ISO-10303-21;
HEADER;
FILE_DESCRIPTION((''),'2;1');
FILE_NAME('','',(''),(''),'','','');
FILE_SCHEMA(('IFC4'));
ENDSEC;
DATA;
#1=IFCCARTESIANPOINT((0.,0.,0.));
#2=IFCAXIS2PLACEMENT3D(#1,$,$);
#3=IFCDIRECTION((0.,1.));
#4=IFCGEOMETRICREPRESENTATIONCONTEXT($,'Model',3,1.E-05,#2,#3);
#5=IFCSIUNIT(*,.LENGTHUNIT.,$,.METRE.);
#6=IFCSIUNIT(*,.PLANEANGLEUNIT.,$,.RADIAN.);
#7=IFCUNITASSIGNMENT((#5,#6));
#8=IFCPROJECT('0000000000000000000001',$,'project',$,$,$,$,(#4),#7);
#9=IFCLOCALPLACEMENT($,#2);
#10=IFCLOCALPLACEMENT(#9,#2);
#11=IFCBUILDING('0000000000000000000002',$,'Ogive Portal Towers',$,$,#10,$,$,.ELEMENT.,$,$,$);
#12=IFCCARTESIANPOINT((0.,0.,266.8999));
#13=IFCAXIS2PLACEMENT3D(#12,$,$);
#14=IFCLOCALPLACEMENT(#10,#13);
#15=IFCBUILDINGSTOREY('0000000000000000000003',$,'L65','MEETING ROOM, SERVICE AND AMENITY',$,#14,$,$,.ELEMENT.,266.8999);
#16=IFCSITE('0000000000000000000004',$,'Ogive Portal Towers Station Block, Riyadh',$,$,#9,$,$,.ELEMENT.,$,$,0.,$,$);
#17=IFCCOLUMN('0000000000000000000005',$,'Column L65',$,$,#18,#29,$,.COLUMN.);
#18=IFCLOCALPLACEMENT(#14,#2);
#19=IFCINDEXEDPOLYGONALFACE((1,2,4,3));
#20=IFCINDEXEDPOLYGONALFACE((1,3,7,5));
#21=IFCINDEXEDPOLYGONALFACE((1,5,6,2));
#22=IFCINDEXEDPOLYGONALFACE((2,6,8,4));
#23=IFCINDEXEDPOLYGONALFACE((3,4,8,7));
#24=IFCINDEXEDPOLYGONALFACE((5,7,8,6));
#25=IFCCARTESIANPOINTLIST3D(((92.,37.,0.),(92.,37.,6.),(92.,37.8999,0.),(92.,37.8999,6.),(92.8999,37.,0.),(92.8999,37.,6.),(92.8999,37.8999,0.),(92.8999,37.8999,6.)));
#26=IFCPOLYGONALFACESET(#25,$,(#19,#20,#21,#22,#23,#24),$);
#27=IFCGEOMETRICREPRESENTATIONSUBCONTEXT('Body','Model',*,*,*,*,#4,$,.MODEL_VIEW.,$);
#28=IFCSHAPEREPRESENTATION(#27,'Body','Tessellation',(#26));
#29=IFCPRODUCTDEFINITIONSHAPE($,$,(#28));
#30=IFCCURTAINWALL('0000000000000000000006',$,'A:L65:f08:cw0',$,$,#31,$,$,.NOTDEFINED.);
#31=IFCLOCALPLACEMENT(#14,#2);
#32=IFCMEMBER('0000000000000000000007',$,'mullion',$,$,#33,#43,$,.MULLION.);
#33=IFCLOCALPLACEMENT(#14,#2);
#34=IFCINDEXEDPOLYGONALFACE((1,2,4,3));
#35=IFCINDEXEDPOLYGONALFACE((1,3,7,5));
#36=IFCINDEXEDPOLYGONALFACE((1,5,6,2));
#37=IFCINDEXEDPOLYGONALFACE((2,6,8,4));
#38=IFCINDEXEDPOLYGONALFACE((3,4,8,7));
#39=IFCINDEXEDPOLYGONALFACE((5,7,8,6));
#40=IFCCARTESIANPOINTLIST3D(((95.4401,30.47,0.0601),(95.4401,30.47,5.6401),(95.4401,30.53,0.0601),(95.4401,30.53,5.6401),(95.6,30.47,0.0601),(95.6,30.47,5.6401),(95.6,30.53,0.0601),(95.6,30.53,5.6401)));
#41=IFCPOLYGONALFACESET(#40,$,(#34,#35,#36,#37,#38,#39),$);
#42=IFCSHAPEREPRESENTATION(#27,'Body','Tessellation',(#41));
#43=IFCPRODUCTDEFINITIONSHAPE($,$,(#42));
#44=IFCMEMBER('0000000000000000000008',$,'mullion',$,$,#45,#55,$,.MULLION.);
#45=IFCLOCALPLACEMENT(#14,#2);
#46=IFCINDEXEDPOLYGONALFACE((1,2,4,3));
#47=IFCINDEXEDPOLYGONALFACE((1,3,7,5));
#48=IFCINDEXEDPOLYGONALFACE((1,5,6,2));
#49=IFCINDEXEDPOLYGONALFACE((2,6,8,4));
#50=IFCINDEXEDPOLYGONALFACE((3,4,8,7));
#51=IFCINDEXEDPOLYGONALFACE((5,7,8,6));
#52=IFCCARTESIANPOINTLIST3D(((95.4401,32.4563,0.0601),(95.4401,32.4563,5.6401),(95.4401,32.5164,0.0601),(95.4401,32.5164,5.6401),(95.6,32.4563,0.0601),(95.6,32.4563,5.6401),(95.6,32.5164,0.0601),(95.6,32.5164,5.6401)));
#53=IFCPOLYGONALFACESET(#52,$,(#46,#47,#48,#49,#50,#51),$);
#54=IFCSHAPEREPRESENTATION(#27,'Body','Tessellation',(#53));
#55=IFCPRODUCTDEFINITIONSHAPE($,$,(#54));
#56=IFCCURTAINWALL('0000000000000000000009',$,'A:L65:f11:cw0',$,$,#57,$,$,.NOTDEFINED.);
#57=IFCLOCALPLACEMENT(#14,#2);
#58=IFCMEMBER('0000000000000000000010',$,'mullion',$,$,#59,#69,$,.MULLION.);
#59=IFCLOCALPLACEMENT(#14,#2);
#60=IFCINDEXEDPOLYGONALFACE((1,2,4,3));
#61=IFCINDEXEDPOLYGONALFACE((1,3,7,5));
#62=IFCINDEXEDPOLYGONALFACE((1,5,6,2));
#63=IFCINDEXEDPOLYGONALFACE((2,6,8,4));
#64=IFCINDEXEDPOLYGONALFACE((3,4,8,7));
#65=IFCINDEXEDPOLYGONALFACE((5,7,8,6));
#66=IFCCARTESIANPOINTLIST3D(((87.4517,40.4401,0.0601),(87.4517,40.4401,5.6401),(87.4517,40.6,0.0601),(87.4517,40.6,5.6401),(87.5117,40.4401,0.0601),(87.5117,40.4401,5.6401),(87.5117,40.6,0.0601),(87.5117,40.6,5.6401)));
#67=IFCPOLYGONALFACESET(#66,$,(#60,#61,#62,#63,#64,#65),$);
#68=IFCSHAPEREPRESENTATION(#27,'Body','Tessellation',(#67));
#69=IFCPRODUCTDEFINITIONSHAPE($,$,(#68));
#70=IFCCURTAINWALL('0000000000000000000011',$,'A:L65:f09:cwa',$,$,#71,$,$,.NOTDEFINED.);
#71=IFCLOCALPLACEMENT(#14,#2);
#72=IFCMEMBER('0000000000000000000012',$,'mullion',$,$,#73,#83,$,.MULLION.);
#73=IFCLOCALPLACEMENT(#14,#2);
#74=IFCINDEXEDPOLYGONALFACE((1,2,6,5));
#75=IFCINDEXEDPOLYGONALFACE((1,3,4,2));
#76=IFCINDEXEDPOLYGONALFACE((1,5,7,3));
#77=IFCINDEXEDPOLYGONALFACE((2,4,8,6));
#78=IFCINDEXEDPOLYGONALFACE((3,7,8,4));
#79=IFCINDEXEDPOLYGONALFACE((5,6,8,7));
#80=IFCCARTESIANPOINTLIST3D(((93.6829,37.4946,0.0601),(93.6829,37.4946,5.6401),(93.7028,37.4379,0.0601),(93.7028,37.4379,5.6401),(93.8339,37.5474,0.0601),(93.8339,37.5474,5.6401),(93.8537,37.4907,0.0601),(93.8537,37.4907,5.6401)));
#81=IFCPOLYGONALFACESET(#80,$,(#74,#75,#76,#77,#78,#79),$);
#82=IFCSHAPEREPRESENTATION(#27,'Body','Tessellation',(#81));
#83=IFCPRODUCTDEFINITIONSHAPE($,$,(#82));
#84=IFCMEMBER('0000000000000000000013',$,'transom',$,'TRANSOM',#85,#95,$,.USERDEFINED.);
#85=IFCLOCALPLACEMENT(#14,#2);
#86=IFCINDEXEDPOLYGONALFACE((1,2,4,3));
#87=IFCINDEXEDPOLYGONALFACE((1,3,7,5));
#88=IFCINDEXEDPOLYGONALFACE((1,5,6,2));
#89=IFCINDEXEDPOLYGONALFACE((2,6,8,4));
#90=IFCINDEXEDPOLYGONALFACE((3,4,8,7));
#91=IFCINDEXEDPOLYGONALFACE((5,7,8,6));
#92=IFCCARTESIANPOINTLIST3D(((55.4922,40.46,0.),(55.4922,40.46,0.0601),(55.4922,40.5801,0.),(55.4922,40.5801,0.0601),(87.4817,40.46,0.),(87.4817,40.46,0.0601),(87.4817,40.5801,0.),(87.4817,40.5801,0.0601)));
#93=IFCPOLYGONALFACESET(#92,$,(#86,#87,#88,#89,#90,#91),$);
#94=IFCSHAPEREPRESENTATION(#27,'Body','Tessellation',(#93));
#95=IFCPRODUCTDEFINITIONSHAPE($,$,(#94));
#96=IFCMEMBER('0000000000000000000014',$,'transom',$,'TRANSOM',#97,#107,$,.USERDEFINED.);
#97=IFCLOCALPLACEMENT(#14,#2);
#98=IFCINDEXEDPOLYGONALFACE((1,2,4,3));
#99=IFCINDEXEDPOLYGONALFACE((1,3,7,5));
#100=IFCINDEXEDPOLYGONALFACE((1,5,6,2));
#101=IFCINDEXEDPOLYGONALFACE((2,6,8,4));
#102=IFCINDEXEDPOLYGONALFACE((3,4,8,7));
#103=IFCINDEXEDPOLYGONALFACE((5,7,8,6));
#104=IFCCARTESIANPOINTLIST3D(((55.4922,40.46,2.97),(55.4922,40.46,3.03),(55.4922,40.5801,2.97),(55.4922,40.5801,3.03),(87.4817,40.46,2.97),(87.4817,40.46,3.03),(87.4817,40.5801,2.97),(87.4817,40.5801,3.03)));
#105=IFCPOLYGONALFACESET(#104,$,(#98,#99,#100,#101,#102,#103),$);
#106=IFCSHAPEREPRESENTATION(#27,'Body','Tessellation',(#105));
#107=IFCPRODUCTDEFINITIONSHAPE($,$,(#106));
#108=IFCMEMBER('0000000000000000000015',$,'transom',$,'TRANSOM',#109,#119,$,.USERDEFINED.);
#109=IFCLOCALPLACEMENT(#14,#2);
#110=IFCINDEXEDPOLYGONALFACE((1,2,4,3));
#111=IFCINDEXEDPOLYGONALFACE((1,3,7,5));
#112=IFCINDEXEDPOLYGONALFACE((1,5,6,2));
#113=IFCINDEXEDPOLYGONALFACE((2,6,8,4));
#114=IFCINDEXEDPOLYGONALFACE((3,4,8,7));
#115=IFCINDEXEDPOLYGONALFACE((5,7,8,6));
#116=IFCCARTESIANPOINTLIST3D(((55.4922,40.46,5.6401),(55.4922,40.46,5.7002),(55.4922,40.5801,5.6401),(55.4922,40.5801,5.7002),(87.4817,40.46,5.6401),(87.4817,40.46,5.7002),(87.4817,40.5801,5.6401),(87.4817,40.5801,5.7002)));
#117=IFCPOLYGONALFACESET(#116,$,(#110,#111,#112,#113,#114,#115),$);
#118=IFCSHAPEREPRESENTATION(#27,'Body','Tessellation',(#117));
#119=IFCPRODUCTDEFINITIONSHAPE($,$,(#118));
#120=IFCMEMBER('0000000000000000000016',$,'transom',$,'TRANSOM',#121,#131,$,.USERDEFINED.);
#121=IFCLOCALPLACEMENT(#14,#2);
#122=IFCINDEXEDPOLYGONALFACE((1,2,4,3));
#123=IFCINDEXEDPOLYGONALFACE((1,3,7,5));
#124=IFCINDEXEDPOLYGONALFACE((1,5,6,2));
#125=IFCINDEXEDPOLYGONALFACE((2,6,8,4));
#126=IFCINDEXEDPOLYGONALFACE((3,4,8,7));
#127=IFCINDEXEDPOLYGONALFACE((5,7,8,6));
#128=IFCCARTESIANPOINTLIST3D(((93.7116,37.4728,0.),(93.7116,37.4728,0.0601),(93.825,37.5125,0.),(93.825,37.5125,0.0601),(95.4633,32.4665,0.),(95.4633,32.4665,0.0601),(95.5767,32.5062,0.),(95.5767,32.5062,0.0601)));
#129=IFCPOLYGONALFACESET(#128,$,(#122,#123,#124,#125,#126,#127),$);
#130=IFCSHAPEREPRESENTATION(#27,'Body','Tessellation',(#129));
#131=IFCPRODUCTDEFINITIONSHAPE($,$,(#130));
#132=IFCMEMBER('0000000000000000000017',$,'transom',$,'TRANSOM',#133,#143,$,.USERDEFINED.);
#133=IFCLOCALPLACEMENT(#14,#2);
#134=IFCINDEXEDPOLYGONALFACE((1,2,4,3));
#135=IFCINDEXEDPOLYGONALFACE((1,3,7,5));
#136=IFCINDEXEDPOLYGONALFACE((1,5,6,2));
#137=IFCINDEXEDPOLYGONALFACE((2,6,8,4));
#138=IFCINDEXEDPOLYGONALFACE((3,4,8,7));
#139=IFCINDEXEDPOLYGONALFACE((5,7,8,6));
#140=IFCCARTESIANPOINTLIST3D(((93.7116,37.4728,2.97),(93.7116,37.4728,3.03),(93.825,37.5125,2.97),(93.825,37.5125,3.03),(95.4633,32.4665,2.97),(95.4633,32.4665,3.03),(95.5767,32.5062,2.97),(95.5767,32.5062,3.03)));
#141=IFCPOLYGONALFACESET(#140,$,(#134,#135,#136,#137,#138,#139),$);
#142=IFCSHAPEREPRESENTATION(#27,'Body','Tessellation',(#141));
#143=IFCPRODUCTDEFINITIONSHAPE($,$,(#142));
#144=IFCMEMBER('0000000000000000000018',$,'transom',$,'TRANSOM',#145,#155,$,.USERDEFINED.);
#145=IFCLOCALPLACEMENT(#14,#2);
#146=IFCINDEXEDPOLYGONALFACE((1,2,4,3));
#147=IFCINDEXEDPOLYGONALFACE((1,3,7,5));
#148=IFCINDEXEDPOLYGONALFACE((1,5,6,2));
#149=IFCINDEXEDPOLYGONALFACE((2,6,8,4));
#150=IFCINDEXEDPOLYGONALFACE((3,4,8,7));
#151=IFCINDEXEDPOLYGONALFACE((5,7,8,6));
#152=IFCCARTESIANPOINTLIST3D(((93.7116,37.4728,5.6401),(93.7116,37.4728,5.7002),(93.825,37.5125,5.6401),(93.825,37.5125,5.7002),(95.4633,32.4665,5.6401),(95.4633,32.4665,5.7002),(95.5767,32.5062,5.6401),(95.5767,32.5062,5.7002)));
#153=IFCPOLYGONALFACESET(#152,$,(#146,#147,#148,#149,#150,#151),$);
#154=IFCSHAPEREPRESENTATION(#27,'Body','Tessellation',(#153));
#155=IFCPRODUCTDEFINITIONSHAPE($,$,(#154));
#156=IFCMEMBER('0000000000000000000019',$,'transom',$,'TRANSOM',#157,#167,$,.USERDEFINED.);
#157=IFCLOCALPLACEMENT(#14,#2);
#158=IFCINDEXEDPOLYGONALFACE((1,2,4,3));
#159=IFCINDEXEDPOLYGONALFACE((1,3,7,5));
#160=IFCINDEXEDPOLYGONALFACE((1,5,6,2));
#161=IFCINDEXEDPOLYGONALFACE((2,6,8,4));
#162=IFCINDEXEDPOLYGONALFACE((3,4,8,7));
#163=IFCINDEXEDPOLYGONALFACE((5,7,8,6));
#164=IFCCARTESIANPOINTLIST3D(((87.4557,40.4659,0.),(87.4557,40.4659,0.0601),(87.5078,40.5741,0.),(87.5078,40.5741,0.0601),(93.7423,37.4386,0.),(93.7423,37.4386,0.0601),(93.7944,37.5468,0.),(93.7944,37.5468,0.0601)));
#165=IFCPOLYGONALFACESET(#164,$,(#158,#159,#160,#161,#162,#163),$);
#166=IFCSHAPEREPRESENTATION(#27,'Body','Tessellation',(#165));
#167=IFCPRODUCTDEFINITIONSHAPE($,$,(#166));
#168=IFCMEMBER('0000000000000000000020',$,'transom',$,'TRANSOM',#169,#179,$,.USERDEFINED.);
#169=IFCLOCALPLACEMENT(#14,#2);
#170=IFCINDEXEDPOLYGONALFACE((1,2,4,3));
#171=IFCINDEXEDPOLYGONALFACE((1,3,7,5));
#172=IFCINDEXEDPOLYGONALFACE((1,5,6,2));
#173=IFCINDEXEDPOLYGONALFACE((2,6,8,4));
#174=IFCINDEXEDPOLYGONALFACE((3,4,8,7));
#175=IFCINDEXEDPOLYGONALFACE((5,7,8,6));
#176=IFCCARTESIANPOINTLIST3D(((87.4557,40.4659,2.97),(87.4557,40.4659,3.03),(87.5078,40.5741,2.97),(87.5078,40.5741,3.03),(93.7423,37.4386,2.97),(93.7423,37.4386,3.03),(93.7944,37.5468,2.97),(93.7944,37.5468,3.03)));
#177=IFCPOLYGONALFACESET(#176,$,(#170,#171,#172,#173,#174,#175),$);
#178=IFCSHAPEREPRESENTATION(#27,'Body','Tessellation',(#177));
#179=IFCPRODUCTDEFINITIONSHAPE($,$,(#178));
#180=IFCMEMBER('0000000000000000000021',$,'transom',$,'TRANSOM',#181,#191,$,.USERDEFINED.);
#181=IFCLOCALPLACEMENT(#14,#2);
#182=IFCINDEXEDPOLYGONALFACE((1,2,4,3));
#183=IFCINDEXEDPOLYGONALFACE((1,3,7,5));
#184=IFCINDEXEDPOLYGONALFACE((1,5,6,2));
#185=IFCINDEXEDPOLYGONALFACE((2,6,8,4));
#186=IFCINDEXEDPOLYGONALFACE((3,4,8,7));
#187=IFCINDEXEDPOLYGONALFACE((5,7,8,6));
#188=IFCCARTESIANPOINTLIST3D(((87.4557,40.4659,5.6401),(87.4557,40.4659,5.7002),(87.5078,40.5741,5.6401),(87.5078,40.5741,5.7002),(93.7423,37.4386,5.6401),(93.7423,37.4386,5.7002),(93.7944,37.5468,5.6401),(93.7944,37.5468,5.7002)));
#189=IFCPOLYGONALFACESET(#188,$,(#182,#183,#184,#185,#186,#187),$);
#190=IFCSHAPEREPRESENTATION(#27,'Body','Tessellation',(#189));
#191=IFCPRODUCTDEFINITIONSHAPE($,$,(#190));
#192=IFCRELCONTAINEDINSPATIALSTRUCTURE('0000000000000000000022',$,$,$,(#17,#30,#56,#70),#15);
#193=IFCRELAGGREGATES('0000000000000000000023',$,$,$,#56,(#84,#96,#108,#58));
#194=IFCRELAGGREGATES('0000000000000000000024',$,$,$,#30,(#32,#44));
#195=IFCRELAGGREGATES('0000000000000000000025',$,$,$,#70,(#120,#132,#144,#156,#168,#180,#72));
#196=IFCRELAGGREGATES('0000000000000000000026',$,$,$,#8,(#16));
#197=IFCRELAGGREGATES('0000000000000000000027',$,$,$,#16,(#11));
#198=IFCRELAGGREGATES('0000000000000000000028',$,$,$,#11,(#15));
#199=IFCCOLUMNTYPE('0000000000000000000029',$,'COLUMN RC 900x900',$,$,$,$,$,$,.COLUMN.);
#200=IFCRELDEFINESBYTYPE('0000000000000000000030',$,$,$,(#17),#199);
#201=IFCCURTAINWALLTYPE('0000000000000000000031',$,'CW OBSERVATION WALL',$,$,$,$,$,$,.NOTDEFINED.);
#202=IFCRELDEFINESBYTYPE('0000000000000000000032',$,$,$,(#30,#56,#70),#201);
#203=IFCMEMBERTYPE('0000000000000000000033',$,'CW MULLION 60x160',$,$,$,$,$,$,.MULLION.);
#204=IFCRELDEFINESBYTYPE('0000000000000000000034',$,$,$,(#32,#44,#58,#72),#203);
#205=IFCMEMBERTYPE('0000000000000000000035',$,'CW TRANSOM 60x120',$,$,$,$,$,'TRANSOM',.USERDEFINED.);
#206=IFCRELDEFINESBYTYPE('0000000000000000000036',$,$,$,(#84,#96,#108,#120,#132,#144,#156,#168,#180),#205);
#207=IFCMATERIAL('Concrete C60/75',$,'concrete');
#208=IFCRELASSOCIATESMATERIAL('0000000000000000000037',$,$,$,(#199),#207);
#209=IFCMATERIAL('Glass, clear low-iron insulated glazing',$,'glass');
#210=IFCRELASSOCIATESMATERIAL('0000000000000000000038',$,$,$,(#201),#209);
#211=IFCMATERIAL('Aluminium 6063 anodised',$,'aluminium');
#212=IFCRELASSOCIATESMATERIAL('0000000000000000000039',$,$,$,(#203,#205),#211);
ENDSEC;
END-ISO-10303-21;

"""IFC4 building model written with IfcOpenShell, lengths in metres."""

from ifc_helpers import new_model, si_unit, direction, frame, origin, origin_2d, place, context, subcontext, project, spatial, rectangle, extrude, material, material_profile, profile_set, type_object, element, aggregate, save


model = new_model("IFC4")

# Units and contexts
model_context = context("Model", 3, precision=1e-05, world=origin(), true_north=direction((0.0, 1.0)))
body_context = subcontext(model_context, "Body", "Model", "MODEL_VIEW")
ifc_project = project(units=[si_unit("LENGTHUNIT", "METRE"), si_unit("PLANEANGLEUNIT", "RADIAN")], contexts=[model_context])

# Site, building, storey
site_placement = place(None, origin())
site = spatial("IfcSite", under=ifc_project, at=site_placement, Name="Ogive Portal Towers Station Block, Riyadh", CompositionType="ELEMENT", RefElevation=0.0)
building_placement = place(site_placement, origin())
building = spatial("IfcBuilding", under=site, at=building_placement, Name="Ogive Portal Towers", CompositionType="ELEMENT")
storey_placement = place(building_placement, frame((0.0, 0.0, 266.8999)))
storey = spatial("IfcBuildingStorey", under=building, at=storey_placement, Name="L65", Description="MEETING ROOM, SERVICE AND AMENITY", CompositionType="ELEMENT", Elevation=266.8999)

# Column
ifc_material_1 = material(Name="Concrete C60/75", Category="concrete")
ifc_material_profile_1 = material_profile(ifc_material_1, rectangle(XDim=0.8999, YDim=0.8999, at=origin_2d()), Name="RC 900x900")
ifc_profile_set_1 = profile_set([ifc_material_profile_1], Name="Concrete C60/75")
column_type = type_object("IfcColumnType", Name="COLUMN RC 900x900", PredefinedType="COLUMN", material=ifc_profile_set_1)
column_placement = place(storey_placement, frame((92.45, 37.45, 0.0), z_axis=(0.0, 0.0, 1.0), x_axis=(1.0, 0.0, 0.0)))
element("IfcColumn", 1, at=column_placement, inside=storey, type_object=column_type, Name="Column L65", PredefinedType="COLUMN", context=body_context, shape_type="SweptSolid", body=[
    extrude(rectangle(XDim=0.8999, YDim=0.8999, at=origin_2d()), origin(), (0.0, 0.0, 1.0), 6.0),
])

# Curtain wall, members
ifc_material_2 = material(Name="Glass, clear low-iron insulated glazing", Category="glass")
curtain_wall_type = type_object("IfcCurtainWallType", Name="CW OBSERVATION WALL", PredefinedType="NOTDEFINED", material=ifc_material_2)
curtain_wall_1_placement = place(storey_placement, origin())
curtain_wall_1 = element("IfcCurtainWall", 2, at=curtain_wall_1_placement, inside=storey, type_object=curtain_wall_type, Name="A:L65:f08:cw0", PredefinedType="NOTDEFINED")
ifc_material_3 = material(Name="Aluminium 6063 anodised", Category="aluminium")
ifc_material_profile_2 = material_profile(ifc_material_3, rectangle(XDim=0.1599, YDim=0.0601, at=origin_2d()), Name="AL 60x160")
ifc_profile_set_2 = profile_set([ifc_material_profile_2], Name="Aluminium 6063 anodised")
member_type_1 = type_object("IfcMemberType", Name="CW MULLION 60x160", PredefinedType="MULLION", material=ifc_profile_set_2)
member_1_placement = place(storey_placement, frame((95.52, 30.5, 0.0601), z_axis=(0.0, 0.0, 1.0), x_axis=(-1.0, 0.0, 0.0)))
member_1 = element("IfcMember", 3, at=member_1_placement, type_object=member_type_1, Name="mullion", PredefinedType="MULLION", context=body_context, shape_type="SweptSolid", body=[
    extrude(rectangle(XDim=0.1599, YDim=0.0601, at=origin_2d()), origin(), (0.0, 0.0, 1.0), 5.5801),
])
member_2_placement = place(storey_placement, frame((95.52, 32.4863, 0.0601), z_axis=(0.0, 0.0, 1.0), x_axis=(-1.0, 0.0, 0.0)))
member_2 = element("IfcMember", 4, at=member_2_placement, type_object=member_type_1, Name="mullion", PredefinedType="MULLION", context=body_context, shape_type="SweptSolid", body=[
    extrude(rectangle(XDim=0.1599, YDim=0.0601, at=origin_2d()), origin(), (0.0, 0.0, 1.0), 5.5801),
])

# Curtain walls, members
curtain_wall_2_placement = place(storey_placement, origin())
curtain_wall_2 = element("IfcCurtainWall", 5, at=curtain_wall_2_placement, inside=storey, type_object=curtain_wall_type, Name="A:L65:f11:cw0", PredefinedType="NOTDEFINED")
member_3_placement = place(storey_placement, frame((87.4817, 40.52, 0.0601), z_axis=(0.0, 0.0, 1.0), x_axis=(0.0, -1.0, 0.0)))
member_3 = element("IfcMember", 6, at=member_3_placement, type_object=member_type_1, Name="mullion", PredefinedType="MULLION", context=body_context, shape_type="SweptSolid", body=[
    extrude(rectangle(XDim=0.1599, YDim=0.0601, at=origin_2d()), origin(), (0.0, 0.0, 1.0), 5.5801),
])
curtain_wall_3_placement = place(storey_placement, origin())
curtain_wall_3 = element("IfcCurtainWall", 7, at=curtain_wall_3_placement, inside=storey, type_object=curtain_wall_type, Name="A:L65:f09:cwa", PredefinedType="NOTDEFINED")
member_4_placement = place(storey_placement, frame((93.7683, 37.4927, 0.0601), z_axis=(0.0, 0.0, 1.0), x_axis=(-0.943883, -0.330279, 0.0)))
member_4 = element("IfcMember", 8, at=member_4_placement, type_object=member_type_1, Name="mullion", PredefinedType="MULLION", context=body_context, shape_type="SweptSolid", body=[
    extrude(rectangle(XDim=0.1599, YDim=0.0601, at=origin_2d()), origin(), (0.0, 0.0, 1.0), 5.5801),
])

# Members
ifc_material_profile_3 = material_profile(ifc_material_3, rectangle(XDim=0.1201, YDim=0.0601, at=origin_2d()), Name="AL 120x60")
ifc_profile_set_3 = profile_set([ifc_material_profile_3], Name="Aluminium 6063 anodised")
member_type_2 = type_object("IfcMemberType", Name="CW TRANSOM 60x120", ElementType="TRANSOM", PredefinedType="USERDEFINED", material=ifc_profile_set_3)
member_5_placement = place(storey_placement, frame((87.4817, 40.52, 0.03), z_axis=(-1.0, 0.0, 0.0), x_axis=(0.0, -1.0, 0.0)))
member_5 = element("IfcMember", 9, at=member_5_placement, type_object=member_type_2, Name="transom", ObjectType="TRANSOM", PredefinedType="USERDEFINED", context=body_context, shape_type="SweptSolid", body=[
    extrude(rectangle(XDim=0.1201, YDim=0.0601, at=origin_2d()), origin(), (0.0, 0.0, 1.0), 31.9895),
])
member_6_placement = place(storey_placement, frame((87.4817, 40.52, 3.0), z_axis=(-1.0, 0.0, 0.0), x_axis=(0.0, -1.0, 0.0)))
member_6 = element("IfcMember", 10, at=member_6_placement, type_object=member_type_2, Name="transom", ObjectType="TRANSOM", PredefinedType="USERDEFINED", context=body_context, shape_type="SweptSolid", body=[
    extrude(rectangle(XDim=0.1201, YDim=0.0601, at=origin_2d()), origin(), (0.0, 0.0, 1.0), 31.9895),
])
member_7_placement = place(storey_placement, frame((87.4817, 40.52, 5.6702), z_axis=(-1.0, 0.0, 0.0), x_axis=(0.0, -1.0, 0.0)))
member_7 = element("IfcMember", 11, at=member_7_placement, type_object=member_type_2, Name="transom", ObjectType="TRANSOM", PredefinedType="USERDEFINED", context=body_context, shape_type="SweptSolid", body=[
    extrude(rectangle(XDim=0.1201, YDim=0.0601, at=origin_2d()), origin(), (0.0, 0.0, 1.0), 31.9895),
])
aggregate(curtain_wall_2, [member_5, member_6, member_7, member_3])
member_8_placement = place(storey_placement, frame((95.52, 32.4863, 0.03), z_axis=(-0.330264, 0.943888, 0.0), x_axis=(-0.943888, -0.330264, 0.0)))
member_8 = element("IfcMember", 12, at=member_8_placement, type_object=member_type_2, Name="transom", ObjectType="TRANSOM", PredefinedType="USERDEFINED", context=body_context, shape_type="SweptSolid", body=[
    extrude(rectangle(XDim=0.1201, YDim=0.0601, at=origin_2d()), origin(), (0.0, 0.0, 1.0), 5.304),
])
member_9_placement = place(storey_placement, frame((95.52, 32.4863, 3.0), z_axis=(-0.330264, 0.943888, 0.0), x_axis=(-0.943888, -0.330264, 0.0)))
member_9 = element("IfcMember", 13, at=member_9_placement, type_object=member_type_2, Name="transom", ObjectType="TRANSOM", PredefinedType="USERDEFINED", context=body_context, shape_type="SweptSolid", body=[
    extrude(rectangle(XDim=0.1201, YDim=0.0601, at=origin_2d()), origin(), (0.0, 0.0, 1.0), 5.304),
])
member_10_placement = place(storey_placement, frame((95.52, 32.4863, 5.6702), z_axis=(-0.330264, 0.943888, 0.0), x_axis=(-0.943888, -0.330264, 0.0)))
member_10 = element("IfcMember", 14, at=member_10_placement, type_object=member_type_2, Name="transom", ObjectType="TRANSOM", PredefinedType="USERDEFINED", context=body_context, shape_type="SweptSolid", body=[
    extrude(rectangle(XDim=0.1201, YDim=0.0601, at=origin_2d()), origin(), (0.0, 0.0, 1.0), 5.304),
])
member_11_placement = place(storey_placement, frame((93.7683, 37.4927, 0.03), z_axis=(-0.900976, 0.433868, 0.0), x_axis=(-0.433868, -0.900976, 0.0)))
member_11 = element("IfcMember", 15, at=member_11_placement, type_object=member_type_2, Name="transom", ObjectType="TRANSOM", PredefinedType="USERDEFINED", context=body_context, shape_type="SweptSolid", body=[
    extrude(rectangle(XDim=0.1201, YDim=0.0601, at=origin_2d()), origin(), (0.0, 0.0, 1.0), 6.9775),
])
member_12_placement = place(storey_placement, frame((93.7683, 37.4927, 3.0), z_axis=(-0.900976, 0.433868, 0.0), x_axis=(-0.433868, -0.900976, 0.0)))
member_12 = element("IfcMember", 16, at=member_12_placement, type_object=member_type_2, Name="transom", ObjectType="TRANSOM", PredefinedType="USERDEFINED", context=body_context, shape_type="SweptSolid", body=[
    extrude(rectangle(XDim=0.1201, YDim=0.0601, at=origin_2d()), origin(), (0.0, 0.0, 1.0), 6.9775),
])
member_13_placement = place(storey_placement, frame((93.7683, 37.4927, 5.6702), z_axis=(-0.900976, 0.433868, 0.0), x_axis=(-0.433868, -0.900976, 0.0)))
member_13 = element("IfcMember", 17, at=member_13_placement, type_object=member_type_2, Name="transom", ObjectType="TRANSOM", PredefinedType="USERDEFINED", context=body_context, shape_type="SweptSolid", body=[
    extrude(rectangle(XDim=0.1201, YDim=0.0601, at=origin_2d()), origin(), (0.0, 0.0, 1.0), 6.9775),
])

aggregate(curtain_wall_1, [member_1, member_2])
aggregate(curtain_wall_3, [member_8, member_9, member_10, member_11, member_12, member_13, member_4])

save(model, "model.ifc")
